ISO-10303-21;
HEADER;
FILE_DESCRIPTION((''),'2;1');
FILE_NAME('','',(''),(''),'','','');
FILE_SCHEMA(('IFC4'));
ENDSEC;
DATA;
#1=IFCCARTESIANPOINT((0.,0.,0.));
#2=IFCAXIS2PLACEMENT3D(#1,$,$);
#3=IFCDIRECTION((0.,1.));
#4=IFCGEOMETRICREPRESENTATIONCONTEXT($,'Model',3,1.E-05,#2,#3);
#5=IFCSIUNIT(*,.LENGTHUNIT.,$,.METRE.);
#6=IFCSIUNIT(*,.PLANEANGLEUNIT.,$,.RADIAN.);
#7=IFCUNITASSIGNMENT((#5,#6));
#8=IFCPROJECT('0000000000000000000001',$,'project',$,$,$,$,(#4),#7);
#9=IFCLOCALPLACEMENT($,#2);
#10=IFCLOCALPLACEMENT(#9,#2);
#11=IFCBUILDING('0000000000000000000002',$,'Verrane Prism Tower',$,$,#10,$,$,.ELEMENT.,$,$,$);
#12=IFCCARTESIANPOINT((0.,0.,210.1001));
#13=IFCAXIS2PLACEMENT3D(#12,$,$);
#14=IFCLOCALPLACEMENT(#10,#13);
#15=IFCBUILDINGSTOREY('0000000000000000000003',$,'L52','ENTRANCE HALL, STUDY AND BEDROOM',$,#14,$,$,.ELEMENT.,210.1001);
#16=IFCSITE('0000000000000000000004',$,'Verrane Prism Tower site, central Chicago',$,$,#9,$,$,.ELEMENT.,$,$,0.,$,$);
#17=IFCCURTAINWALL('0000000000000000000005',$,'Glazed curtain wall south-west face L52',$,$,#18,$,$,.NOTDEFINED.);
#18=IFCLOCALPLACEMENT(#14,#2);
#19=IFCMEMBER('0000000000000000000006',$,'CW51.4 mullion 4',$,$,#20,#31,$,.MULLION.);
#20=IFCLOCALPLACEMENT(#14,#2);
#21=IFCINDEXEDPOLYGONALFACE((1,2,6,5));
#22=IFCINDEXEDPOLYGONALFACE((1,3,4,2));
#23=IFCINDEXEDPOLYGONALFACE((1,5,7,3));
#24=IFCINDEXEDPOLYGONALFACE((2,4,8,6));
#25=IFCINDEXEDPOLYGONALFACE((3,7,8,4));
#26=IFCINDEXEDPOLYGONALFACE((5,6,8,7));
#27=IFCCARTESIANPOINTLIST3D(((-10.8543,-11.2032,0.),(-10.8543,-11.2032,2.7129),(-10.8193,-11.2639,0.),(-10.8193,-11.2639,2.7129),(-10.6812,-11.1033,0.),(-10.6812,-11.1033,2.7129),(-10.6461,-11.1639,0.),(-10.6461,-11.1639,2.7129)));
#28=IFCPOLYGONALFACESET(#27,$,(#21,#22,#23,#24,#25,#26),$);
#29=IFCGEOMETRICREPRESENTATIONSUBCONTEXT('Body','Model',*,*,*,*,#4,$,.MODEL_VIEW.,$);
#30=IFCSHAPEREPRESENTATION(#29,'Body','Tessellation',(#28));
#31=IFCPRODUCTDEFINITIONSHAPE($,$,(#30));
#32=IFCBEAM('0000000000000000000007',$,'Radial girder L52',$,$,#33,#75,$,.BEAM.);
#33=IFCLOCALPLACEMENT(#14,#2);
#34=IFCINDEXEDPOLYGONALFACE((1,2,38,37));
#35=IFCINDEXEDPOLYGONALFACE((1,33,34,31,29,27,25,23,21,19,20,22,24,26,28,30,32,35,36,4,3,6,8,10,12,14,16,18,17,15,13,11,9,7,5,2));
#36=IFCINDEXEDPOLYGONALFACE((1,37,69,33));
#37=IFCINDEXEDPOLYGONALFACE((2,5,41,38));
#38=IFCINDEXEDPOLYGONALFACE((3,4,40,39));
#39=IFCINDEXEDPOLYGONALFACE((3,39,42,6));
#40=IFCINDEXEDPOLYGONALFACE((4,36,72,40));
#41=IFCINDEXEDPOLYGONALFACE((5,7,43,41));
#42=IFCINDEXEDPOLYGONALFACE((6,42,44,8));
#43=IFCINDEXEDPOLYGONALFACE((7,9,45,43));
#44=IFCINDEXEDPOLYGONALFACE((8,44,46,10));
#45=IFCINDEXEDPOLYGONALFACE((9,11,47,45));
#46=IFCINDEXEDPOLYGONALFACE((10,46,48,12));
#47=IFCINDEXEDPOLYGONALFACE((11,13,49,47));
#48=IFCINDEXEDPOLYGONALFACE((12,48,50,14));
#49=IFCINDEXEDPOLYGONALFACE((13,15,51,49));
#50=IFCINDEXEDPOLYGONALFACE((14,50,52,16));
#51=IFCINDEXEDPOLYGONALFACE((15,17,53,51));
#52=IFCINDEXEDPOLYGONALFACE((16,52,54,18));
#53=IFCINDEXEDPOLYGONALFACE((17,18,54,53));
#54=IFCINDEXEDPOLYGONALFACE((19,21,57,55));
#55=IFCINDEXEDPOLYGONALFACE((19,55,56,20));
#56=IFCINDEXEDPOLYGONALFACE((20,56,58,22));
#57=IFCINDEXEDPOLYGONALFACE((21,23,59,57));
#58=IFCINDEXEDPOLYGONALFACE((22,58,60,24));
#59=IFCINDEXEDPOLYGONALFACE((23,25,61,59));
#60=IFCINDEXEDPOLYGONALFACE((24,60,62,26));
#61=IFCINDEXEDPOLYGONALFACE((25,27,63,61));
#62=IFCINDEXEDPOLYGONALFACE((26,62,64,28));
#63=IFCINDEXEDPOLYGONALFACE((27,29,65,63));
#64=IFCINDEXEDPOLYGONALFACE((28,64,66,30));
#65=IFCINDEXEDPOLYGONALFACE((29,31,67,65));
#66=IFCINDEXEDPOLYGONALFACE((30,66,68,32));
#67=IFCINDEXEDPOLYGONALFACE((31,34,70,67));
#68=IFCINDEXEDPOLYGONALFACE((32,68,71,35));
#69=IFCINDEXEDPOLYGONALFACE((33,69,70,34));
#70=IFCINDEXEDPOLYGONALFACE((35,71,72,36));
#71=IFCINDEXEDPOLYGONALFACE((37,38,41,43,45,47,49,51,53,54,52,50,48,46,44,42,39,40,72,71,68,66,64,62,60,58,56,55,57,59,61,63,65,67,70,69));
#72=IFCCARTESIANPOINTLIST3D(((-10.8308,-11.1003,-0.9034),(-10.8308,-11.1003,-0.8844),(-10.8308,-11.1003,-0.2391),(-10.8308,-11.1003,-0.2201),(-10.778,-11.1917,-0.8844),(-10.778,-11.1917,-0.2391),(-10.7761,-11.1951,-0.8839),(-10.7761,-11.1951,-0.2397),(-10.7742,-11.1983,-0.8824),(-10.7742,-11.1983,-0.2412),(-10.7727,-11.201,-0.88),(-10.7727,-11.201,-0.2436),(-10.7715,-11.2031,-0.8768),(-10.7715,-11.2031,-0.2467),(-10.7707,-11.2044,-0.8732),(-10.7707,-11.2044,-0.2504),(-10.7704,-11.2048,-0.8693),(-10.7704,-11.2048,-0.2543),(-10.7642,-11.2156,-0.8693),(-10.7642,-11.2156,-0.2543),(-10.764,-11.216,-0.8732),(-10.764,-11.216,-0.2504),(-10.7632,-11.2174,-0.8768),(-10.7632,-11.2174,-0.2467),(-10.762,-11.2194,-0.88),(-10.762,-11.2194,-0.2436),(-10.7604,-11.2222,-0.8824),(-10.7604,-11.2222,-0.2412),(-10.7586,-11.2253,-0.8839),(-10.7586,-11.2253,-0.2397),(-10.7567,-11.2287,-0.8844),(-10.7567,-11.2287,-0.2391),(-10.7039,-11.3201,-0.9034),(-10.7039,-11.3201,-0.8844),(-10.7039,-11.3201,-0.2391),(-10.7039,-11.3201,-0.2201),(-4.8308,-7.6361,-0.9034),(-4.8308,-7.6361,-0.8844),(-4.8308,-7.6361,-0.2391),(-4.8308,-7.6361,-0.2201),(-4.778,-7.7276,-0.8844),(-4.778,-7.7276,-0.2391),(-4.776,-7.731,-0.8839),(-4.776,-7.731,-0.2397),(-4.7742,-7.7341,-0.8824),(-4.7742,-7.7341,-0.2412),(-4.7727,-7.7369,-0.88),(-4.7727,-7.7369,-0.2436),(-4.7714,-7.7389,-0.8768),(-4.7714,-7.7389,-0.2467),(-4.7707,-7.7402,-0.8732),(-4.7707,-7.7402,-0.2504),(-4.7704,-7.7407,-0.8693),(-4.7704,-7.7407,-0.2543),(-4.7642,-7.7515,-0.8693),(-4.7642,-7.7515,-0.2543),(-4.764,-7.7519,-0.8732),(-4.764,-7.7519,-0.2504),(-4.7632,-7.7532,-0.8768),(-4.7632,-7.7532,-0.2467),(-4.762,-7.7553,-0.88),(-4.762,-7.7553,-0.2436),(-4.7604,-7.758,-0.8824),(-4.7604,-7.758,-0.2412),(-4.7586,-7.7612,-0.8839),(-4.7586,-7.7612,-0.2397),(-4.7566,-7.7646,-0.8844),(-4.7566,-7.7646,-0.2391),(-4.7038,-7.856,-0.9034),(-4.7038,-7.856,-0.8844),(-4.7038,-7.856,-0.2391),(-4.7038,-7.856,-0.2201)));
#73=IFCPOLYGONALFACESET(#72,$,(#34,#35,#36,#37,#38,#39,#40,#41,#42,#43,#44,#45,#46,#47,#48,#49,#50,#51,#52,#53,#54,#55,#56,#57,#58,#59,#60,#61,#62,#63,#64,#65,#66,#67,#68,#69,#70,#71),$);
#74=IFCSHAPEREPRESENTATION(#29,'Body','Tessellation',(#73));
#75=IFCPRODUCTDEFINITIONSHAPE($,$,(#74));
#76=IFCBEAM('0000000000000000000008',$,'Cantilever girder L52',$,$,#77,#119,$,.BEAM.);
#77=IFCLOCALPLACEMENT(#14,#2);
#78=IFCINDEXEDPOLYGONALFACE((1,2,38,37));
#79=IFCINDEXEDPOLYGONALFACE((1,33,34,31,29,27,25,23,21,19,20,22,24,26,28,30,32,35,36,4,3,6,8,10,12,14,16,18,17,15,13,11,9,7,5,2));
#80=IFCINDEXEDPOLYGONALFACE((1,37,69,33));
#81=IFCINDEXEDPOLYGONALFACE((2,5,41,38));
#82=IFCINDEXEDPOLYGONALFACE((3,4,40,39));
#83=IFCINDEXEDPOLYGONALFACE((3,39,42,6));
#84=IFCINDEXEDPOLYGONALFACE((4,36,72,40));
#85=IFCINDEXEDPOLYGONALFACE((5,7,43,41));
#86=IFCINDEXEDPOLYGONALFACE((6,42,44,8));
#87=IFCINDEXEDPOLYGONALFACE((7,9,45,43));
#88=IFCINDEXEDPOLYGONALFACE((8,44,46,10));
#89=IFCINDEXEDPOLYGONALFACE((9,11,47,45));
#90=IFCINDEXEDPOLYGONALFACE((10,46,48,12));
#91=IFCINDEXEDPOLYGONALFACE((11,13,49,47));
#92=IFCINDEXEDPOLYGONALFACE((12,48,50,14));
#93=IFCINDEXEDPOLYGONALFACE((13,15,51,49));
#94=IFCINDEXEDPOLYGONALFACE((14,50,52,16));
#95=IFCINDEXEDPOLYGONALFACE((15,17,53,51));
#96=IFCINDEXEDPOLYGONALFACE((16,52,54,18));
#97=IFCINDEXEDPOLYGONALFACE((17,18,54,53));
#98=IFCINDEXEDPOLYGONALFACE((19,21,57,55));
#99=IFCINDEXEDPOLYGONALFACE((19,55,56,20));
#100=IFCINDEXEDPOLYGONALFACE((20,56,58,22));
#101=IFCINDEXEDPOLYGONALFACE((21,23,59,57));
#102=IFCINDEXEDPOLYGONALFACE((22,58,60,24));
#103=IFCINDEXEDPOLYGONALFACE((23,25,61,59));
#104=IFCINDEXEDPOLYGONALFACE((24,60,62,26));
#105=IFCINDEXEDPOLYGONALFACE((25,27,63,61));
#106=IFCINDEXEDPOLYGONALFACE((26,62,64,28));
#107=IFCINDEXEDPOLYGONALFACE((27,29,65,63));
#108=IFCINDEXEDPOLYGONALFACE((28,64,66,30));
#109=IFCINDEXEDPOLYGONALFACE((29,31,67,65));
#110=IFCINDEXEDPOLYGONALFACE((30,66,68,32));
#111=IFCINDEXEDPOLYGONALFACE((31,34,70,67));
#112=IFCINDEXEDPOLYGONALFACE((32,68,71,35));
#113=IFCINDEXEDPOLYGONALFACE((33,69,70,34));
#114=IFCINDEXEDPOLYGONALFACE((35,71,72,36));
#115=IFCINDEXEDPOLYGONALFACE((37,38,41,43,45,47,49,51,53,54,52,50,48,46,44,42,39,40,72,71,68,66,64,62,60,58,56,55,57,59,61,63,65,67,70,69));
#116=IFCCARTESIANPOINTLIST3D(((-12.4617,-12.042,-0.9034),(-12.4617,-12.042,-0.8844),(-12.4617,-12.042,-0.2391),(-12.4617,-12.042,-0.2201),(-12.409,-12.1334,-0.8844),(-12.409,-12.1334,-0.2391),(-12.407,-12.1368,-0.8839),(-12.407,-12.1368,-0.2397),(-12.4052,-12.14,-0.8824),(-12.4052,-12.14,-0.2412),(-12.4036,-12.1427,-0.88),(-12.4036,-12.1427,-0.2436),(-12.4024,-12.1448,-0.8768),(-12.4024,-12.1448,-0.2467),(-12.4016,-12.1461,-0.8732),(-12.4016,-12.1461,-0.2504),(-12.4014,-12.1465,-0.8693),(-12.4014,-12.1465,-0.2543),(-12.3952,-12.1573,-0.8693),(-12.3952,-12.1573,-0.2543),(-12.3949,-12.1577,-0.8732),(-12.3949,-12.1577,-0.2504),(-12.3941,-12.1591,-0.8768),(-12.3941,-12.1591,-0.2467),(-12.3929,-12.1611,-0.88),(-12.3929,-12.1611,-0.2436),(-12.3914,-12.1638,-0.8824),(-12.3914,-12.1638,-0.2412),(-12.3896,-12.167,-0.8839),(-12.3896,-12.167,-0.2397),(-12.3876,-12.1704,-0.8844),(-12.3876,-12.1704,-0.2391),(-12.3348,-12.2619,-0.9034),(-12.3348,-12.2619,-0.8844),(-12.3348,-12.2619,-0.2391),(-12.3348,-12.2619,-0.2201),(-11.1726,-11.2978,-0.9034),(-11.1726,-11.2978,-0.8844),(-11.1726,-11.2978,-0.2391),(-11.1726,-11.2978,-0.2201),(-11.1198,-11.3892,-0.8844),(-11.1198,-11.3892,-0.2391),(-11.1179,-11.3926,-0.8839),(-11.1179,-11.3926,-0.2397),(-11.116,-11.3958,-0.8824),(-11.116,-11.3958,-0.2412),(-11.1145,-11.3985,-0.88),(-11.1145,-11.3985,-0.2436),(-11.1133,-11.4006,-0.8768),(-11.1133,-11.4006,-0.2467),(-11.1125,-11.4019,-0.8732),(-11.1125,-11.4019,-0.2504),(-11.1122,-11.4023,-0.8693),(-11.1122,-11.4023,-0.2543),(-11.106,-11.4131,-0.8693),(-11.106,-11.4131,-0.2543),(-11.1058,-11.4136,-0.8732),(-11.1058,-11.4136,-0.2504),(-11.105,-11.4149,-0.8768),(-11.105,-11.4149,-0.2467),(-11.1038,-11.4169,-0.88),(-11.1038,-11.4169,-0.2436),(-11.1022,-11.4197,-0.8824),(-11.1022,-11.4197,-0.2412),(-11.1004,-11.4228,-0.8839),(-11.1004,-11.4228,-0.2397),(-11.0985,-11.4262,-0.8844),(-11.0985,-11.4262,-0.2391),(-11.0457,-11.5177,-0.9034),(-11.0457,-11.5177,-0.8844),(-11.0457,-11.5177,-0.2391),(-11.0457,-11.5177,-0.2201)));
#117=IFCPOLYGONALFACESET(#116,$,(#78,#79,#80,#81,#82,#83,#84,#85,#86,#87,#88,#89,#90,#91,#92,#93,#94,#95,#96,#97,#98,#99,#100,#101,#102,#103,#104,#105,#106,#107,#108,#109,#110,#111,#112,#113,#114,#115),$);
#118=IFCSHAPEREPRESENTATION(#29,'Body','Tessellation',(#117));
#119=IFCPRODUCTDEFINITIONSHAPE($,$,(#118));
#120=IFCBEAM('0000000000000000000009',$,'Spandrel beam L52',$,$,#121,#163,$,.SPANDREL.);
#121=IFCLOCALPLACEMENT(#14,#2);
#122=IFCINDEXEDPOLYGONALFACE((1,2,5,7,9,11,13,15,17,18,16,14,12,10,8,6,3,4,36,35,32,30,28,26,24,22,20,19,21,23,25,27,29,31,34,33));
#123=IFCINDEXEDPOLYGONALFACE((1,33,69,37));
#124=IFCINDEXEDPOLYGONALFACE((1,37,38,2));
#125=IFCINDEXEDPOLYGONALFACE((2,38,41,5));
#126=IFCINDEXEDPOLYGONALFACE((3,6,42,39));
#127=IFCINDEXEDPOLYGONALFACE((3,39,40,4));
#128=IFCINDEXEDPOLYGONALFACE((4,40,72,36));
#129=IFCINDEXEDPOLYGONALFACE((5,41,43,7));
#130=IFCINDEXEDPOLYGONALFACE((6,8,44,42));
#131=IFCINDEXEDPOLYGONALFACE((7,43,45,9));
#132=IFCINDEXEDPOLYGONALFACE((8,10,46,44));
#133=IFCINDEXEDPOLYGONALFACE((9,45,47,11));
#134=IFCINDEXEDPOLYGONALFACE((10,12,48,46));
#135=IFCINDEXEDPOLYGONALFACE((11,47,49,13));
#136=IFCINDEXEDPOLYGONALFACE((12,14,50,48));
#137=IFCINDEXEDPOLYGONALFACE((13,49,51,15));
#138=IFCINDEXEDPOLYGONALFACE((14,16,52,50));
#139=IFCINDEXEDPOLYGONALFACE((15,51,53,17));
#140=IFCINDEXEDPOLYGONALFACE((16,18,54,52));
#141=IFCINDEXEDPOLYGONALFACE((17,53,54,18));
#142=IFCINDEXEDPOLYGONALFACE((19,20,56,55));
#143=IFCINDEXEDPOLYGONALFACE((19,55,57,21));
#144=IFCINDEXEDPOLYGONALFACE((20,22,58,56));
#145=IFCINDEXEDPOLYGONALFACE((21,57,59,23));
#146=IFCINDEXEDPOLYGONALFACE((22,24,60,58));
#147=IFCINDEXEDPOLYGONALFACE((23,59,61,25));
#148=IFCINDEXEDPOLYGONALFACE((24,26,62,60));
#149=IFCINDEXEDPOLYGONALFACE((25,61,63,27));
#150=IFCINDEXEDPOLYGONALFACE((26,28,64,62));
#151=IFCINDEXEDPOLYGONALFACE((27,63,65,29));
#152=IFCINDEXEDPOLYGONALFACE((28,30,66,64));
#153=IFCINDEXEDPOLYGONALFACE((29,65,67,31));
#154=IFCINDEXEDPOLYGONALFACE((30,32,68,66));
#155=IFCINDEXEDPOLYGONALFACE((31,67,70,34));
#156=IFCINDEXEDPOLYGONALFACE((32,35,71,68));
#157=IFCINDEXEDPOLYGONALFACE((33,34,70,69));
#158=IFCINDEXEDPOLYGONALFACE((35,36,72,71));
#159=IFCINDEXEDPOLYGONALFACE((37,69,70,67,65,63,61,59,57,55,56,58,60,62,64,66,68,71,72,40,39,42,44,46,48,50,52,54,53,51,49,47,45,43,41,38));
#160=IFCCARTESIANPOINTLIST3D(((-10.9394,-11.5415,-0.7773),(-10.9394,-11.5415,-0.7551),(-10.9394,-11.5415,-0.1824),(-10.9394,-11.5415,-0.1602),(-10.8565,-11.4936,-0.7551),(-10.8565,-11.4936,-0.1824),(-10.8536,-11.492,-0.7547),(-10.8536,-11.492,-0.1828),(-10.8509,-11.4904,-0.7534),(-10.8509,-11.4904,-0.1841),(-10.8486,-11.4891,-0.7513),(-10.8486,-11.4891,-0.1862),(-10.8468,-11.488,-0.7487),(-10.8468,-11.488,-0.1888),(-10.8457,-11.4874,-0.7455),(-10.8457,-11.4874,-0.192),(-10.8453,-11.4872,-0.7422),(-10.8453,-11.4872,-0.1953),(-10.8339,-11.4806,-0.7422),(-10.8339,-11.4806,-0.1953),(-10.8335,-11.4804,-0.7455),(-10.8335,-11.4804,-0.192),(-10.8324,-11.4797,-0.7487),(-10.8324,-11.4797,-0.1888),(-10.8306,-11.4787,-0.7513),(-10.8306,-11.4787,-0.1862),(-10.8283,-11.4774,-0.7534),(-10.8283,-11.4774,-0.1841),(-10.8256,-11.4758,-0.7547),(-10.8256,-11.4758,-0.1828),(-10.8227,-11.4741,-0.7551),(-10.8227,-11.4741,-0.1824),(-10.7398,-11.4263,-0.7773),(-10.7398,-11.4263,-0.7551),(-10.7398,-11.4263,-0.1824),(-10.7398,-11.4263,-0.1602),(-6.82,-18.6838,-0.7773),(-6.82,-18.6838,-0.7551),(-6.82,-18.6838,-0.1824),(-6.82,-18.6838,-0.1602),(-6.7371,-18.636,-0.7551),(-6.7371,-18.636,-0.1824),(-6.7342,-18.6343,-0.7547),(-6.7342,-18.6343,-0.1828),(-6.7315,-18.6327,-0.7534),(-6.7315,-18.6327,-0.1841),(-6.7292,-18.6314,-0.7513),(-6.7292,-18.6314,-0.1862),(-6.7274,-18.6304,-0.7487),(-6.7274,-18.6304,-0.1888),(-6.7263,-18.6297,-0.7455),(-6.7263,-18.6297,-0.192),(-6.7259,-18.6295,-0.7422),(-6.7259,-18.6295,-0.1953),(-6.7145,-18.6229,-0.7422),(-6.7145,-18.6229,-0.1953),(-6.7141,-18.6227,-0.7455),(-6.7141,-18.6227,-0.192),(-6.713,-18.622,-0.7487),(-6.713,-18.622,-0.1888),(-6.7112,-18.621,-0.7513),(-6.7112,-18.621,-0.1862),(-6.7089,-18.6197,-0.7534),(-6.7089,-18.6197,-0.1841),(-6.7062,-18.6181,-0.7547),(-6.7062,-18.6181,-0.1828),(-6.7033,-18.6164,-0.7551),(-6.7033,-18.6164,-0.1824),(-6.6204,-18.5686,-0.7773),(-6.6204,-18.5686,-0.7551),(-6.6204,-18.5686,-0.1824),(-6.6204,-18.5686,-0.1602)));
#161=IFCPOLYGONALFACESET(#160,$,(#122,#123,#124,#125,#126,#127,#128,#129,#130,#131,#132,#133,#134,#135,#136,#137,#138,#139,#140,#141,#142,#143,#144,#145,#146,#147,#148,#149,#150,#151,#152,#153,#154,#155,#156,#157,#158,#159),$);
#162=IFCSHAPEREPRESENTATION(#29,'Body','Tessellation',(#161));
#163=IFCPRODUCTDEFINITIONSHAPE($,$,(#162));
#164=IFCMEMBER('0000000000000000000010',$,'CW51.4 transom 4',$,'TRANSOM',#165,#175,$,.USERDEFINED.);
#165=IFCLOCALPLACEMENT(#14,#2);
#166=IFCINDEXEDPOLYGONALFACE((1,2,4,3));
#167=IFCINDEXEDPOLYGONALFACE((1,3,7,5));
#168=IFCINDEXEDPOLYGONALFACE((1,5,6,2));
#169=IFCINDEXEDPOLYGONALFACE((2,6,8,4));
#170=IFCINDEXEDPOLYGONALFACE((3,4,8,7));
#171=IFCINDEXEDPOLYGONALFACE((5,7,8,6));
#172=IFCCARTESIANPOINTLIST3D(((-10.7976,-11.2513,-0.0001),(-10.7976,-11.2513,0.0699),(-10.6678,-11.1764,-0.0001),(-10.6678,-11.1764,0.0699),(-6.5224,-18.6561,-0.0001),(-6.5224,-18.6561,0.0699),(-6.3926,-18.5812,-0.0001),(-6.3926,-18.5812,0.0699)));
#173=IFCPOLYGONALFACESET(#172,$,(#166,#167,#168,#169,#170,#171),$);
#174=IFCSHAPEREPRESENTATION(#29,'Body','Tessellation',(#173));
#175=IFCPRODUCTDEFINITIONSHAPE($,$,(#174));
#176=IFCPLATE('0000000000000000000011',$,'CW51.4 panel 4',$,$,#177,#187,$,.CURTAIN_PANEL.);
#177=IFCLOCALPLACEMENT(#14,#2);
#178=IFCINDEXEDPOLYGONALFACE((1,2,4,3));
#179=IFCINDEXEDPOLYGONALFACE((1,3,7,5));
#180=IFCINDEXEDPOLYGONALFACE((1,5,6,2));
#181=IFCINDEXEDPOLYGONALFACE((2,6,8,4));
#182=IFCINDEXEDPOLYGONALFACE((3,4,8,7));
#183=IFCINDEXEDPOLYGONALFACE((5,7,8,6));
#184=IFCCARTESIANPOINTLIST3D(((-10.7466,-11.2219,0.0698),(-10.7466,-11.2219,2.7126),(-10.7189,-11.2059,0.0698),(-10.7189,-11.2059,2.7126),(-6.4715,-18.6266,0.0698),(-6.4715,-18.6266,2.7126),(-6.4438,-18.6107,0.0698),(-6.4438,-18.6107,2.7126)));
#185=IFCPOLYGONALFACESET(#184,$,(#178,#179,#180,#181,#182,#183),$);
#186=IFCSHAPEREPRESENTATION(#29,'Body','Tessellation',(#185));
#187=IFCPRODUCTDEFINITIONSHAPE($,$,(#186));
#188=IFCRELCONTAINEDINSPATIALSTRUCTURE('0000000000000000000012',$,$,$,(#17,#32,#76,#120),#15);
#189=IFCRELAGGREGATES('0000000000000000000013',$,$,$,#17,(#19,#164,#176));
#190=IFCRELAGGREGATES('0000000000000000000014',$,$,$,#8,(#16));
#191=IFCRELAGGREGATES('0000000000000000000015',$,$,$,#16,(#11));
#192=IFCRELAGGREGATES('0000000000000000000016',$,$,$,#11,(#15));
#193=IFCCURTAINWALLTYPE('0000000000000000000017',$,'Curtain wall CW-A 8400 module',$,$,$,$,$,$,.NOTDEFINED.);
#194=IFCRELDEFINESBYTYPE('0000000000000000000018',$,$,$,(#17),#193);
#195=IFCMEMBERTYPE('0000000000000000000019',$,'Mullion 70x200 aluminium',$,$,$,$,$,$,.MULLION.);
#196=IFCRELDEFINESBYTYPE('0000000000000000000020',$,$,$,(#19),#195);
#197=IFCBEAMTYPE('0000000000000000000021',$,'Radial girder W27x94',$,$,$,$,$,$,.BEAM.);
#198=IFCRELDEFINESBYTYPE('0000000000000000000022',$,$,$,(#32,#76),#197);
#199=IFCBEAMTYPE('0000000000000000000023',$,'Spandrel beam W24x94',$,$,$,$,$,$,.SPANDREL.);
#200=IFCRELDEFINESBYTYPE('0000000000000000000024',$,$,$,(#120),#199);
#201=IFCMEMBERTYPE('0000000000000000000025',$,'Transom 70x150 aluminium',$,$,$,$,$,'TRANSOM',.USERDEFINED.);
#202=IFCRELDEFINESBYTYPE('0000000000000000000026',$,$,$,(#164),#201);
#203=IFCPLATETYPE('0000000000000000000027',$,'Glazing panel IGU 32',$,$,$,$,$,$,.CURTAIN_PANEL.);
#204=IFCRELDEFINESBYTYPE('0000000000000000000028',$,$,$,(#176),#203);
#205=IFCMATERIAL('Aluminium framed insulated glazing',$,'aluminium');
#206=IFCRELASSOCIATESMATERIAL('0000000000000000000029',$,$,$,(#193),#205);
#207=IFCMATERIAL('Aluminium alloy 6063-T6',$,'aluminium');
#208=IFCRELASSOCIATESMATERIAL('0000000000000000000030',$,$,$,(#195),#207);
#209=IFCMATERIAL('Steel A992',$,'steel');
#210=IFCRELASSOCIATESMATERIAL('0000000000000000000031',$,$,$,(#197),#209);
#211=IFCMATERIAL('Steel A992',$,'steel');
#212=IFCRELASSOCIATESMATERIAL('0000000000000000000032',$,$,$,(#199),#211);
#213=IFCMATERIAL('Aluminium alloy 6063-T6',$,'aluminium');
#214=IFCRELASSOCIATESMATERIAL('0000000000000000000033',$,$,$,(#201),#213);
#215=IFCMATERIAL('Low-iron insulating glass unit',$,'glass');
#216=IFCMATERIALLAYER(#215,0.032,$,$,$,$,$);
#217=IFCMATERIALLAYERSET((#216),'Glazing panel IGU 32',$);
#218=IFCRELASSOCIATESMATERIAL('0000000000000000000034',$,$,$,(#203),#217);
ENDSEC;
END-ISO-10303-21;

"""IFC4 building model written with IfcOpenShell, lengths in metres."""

from ifc_helpers import new_model, si_unit, direction, frame, origin, origin_2d, place, context, subcontext, project, spatial, rectangle, i_section, extrude, material, layer, layer_set, material_profile, profile_set, type_object, element, aggregate, save


model = new_model("IFC4")

# Units and contexts
model_context = context("Model", 3, precision=1e-05, world=origin(), true_north=direction((0.0, 1.0)))
body_context = subcontext(model_context, "Body", "Model", "MODEL_VIEW")
ifc_project = project(units=[si_unit("LENGTHUNIT", "METRE"), si_unit("PLANEANGLEUNIT", "RADIAN")], contexts=[model_context])

# Site, building, storey
site_placement = place(None, origin())
site = spatial("IfcSite", under=ifc_project, at=site_placement, Name="Verrane Prism Tower site, central Chicago", CompositionType="ELEMENT", RefElevation=0.0)
building_placement = place(site_placement, origin())
building = spatial("IfcBuilding", under=site, at=building_placement, Name="Verrane Prism Tower", CompositionType="ELEMENT")
storey_placement = place(building_placement, frame((0.0, 0.0, 210.1001)))
storey = spatial("IfcBuildingStorey", under=building, at=storey_placement, Name="L52", Description="ENTRANCE HALL, STUDY AND BEDROOM", CompositionType="ELEMENT", Elevation=210.1001)

# Curtain wall, member
ifc_material_1 = material(Name="Aluminium framed insulated glazing", Category="aluminium")
curtain_wall_type = type_object("IfcCurtainWallType", Name="Curtain wall CW-A 8400 module", PredefinedType="NOTDEFINED", material=ifc_material_1)
curtain_wall_placement = place(storey_placement, origin())
curtain_wall = element("IfcCurtainWall", 1, at=curtain_wall_placement, inside=storey, type_object=curtain_wall_type, Name="Glazed curtain wall south-west face L52", PredefinedType="NOTDEFINED")
ifc_material_2 = material(Name="Aluminium alloy 6063-T6", Category="aluminium")
ifc_material_profile_1 = material_profile(ifc_material_2, rectangle(XDim=0.2, YDim=0.0701, at=origin_2d()), Name="Mullion 70x200 aluminium")
ifc_profile_set_1 = profile_set([ifc_material_profile_1], Name="Aluminium alloy 6063-T6")
member_type_1 = type_object("IfcMemberType", Name="Mullion 70x200 aluminium", PredefinedType="MULLION", material=ifc_profile_set_1)
member_1_placement = place(storey_placement, frame((-10.7502, -11.1836, 0.0), z_axis=(0.0, 0.0, 1.0), x_axis=(0.866026, 0.499999, 0.0)))
member_1 = element("IfcMember", 2, at=member_1_placement, type_object=member_type_1, Name="CW51.4 mullion 4", PredefinedType="MULLION", context=body_context, shape_type="SweptSolid", body=[
    extrude(rectangle(XDim=0.2, YDim=0.0701, at=origin_2d()), origin(), (0.0, 0.0, 1.0), 2.7129),
])

# Beams
ifc_material_3 = material(Name="Steel A992", Category="steel")
ifc_material_profile_2 = material_profile(ifc_material_3, i_section(OverallWidth=0.2539, OverallDepth=0.6833, WebThickness=0.0125, FlangeThickness=0.019, FilletRadius=0.0151, at=origin_2d()), Name="W27x94")
ifc_profile_set_2 = profile_set([ifc_material_profile_2], Name="Steel A992")
beam_type_1 = type_object("IfcBeamType", Name="Radial girder W27x94", PredefinedType="BEAM", material=ifc_profile_set_2)
beam_1_placement = place(storey_placement, frame((-10.7673, -11.2102, -0.5618), z_axis=(0.866025, 0.500001, 0.0), x_axis=(-0.500001, 0.866025, 0.0)))
element("IfcBeam", 3, at=beam_1_placement, inside=storey, type_object=beam_type_1, Name="Radial girder L52", PredefinedType="BEAM", context=body_context, shape_type="SweptSolid", body=[
    extrude(i_section(OverallWidth=0.2539, OverallDepth=0.6833, WebThickness=0.0125, FlangeThickness=0.019, FilletRadius=0.0151, at=origin_2d()), origin(), (0.0, 0.0, 1.0), 6.9282),
])
beam_2_placement = place(storey_placement, frame((-11.1091, -11.4077, -0.5618), z_axis=(-0.866054, -0.49995, 0.0), x_axis=(0.49995, -0.866054, 0.0)))
element("IfcBeam", 4, at=beam_2_placement, inside=storey, type_object=beam_type_1, Name="Cantilever girder L52", PredefinedType="BEAM", context=body_context, shape_type="SweptSolid", body=[
    extrude(i_section(OverallWidth=0.2539, OverallDepth=0.6833, WebThickness=0.0125, FlangeThickness=0.019, FilletRadius=0.0151, at=origin_2d()), origin(), (0.0, 0.0, 1.0), 1.4885),
])
ifc_material_4 = material(Name="Steel A992", Category="steel")
ifc_material_profile_3 = material_profile(ifc_material_4, i_section(OverallWidth=0.2305, OverallDepth=0.6172, WebThickness=0.0132, FlangeThickness=0.0222, FilletRadius=0.0129, at=origin_2d()), Name="W24x94")
ifc_profile_set_3 = profile_set([ifc_material_profile_3], Name="Steel A992")
beam_type_2 = type_object("IfcBeamType", Name="Spandrel beam W24x94", PredefinedType="SPANDREL", material=ifc_profile_set_3)
beam_3_placement = place(storey_placement, frame((-10.8396, -11.4839, -0.4688), z_axis=(0.499614, -0.866248, 0.0), x_axis=(0.866248, 0.499614, 0.0)))
element("IfcBeam", 5, at=beam_3_placement, inside=storey, type_object=beam_type_2, Name="Spandrel beam L52", PredefinedType="SPANDREL", context=body_context, shape_type="SweptSolid", body=[
    extrude(i_section(OverallWidth=0.2305, OverallDepth=0.6172, WebThickness=0.0132, FlangeThickness=0.0222, FilletRadius=0.0129, at=origin_2d()), origin(), (0.0, 0.0, 1.0), 8.2451),
])

# Member
ifc_material_5 = material(Name="Aluminium alloy 6063-T6", Category="aluminium")
ifc_material_profile_4 = material_profile(ifc_material_5, rectangle(XDim=0.1499, YDim=0.0701, at=origin_2d()), Name="Transom 70x150 aluminium")
ifc_profile_set_4 = profile_set([ifc_material_profile_4], Name="Aluminium alloy 6063-T6")
member_type_2 = type_object("IfcMemberType", Name="Transom 70x150 aluminium", ElementType="TRANSOM", PredefinedType="USERDEFINED", material=ifc_profile_set_4)
member_2_placement = place(storey_placement, frame((-10.7327, -11.2139, 0.0349), z_axis=(0.499999, -0.866026, 0.0), x_axis=(0.866026, 0.499999, 0.0)))
member_2 = element("IfcMember", 6, at=member_2_placement, type_object=member_type_2, Name="CW51.4 transom 4", ObjectType="TRANSOM", PredefinedType="USERDEFINED", context=body_context, shape_type="SweptSolid", body=[
    extrude(rectangle(XDim=0.1499, YDim=0.0701, at=origin_2d()), origin(), (0.0, 0.0, 1.0), 8.5503),
])

# Plate
ifc_material_6 = material(Name="Low-iron insulating glass unit", Category="glass")
ifc_layer_1 = layer(ifc_material_6, 0.032)
ifc_layer_set_1 = layer_set([ifc_layer_1], Name="Glazing panel IGU 32")
plate_type = type_object("IfcPlateType", Name="Glazing panel IGU 32", PredefinedType="CURTAIN_PANEL", material=ifc_layer_set_1)
plate_placement = place(storey_placement, frame((-8.5952, -14.9163, 0.0698), z_axis=(0.0, 0.0, 1.0), x_axis=(0.499999, -0.866026, 0.0)))
plate = element("IfcPlate", 7, at=plate_placement, type_object=plate_type, Name="CW51.4 panel 4", PredefinedType="CURTAIN_PANEL", context=body_context, shape_type="SweptSolid", body=[
    extrude(rectangle(XDim=8.5503, YDim=0.032, at=origin_2d()), origin(), (0.0, 0.0, 1.0), 2.6428),
])
aggregate(curtain_wall, [member_1, member_2, plate])

save(model, "model.ifc")
